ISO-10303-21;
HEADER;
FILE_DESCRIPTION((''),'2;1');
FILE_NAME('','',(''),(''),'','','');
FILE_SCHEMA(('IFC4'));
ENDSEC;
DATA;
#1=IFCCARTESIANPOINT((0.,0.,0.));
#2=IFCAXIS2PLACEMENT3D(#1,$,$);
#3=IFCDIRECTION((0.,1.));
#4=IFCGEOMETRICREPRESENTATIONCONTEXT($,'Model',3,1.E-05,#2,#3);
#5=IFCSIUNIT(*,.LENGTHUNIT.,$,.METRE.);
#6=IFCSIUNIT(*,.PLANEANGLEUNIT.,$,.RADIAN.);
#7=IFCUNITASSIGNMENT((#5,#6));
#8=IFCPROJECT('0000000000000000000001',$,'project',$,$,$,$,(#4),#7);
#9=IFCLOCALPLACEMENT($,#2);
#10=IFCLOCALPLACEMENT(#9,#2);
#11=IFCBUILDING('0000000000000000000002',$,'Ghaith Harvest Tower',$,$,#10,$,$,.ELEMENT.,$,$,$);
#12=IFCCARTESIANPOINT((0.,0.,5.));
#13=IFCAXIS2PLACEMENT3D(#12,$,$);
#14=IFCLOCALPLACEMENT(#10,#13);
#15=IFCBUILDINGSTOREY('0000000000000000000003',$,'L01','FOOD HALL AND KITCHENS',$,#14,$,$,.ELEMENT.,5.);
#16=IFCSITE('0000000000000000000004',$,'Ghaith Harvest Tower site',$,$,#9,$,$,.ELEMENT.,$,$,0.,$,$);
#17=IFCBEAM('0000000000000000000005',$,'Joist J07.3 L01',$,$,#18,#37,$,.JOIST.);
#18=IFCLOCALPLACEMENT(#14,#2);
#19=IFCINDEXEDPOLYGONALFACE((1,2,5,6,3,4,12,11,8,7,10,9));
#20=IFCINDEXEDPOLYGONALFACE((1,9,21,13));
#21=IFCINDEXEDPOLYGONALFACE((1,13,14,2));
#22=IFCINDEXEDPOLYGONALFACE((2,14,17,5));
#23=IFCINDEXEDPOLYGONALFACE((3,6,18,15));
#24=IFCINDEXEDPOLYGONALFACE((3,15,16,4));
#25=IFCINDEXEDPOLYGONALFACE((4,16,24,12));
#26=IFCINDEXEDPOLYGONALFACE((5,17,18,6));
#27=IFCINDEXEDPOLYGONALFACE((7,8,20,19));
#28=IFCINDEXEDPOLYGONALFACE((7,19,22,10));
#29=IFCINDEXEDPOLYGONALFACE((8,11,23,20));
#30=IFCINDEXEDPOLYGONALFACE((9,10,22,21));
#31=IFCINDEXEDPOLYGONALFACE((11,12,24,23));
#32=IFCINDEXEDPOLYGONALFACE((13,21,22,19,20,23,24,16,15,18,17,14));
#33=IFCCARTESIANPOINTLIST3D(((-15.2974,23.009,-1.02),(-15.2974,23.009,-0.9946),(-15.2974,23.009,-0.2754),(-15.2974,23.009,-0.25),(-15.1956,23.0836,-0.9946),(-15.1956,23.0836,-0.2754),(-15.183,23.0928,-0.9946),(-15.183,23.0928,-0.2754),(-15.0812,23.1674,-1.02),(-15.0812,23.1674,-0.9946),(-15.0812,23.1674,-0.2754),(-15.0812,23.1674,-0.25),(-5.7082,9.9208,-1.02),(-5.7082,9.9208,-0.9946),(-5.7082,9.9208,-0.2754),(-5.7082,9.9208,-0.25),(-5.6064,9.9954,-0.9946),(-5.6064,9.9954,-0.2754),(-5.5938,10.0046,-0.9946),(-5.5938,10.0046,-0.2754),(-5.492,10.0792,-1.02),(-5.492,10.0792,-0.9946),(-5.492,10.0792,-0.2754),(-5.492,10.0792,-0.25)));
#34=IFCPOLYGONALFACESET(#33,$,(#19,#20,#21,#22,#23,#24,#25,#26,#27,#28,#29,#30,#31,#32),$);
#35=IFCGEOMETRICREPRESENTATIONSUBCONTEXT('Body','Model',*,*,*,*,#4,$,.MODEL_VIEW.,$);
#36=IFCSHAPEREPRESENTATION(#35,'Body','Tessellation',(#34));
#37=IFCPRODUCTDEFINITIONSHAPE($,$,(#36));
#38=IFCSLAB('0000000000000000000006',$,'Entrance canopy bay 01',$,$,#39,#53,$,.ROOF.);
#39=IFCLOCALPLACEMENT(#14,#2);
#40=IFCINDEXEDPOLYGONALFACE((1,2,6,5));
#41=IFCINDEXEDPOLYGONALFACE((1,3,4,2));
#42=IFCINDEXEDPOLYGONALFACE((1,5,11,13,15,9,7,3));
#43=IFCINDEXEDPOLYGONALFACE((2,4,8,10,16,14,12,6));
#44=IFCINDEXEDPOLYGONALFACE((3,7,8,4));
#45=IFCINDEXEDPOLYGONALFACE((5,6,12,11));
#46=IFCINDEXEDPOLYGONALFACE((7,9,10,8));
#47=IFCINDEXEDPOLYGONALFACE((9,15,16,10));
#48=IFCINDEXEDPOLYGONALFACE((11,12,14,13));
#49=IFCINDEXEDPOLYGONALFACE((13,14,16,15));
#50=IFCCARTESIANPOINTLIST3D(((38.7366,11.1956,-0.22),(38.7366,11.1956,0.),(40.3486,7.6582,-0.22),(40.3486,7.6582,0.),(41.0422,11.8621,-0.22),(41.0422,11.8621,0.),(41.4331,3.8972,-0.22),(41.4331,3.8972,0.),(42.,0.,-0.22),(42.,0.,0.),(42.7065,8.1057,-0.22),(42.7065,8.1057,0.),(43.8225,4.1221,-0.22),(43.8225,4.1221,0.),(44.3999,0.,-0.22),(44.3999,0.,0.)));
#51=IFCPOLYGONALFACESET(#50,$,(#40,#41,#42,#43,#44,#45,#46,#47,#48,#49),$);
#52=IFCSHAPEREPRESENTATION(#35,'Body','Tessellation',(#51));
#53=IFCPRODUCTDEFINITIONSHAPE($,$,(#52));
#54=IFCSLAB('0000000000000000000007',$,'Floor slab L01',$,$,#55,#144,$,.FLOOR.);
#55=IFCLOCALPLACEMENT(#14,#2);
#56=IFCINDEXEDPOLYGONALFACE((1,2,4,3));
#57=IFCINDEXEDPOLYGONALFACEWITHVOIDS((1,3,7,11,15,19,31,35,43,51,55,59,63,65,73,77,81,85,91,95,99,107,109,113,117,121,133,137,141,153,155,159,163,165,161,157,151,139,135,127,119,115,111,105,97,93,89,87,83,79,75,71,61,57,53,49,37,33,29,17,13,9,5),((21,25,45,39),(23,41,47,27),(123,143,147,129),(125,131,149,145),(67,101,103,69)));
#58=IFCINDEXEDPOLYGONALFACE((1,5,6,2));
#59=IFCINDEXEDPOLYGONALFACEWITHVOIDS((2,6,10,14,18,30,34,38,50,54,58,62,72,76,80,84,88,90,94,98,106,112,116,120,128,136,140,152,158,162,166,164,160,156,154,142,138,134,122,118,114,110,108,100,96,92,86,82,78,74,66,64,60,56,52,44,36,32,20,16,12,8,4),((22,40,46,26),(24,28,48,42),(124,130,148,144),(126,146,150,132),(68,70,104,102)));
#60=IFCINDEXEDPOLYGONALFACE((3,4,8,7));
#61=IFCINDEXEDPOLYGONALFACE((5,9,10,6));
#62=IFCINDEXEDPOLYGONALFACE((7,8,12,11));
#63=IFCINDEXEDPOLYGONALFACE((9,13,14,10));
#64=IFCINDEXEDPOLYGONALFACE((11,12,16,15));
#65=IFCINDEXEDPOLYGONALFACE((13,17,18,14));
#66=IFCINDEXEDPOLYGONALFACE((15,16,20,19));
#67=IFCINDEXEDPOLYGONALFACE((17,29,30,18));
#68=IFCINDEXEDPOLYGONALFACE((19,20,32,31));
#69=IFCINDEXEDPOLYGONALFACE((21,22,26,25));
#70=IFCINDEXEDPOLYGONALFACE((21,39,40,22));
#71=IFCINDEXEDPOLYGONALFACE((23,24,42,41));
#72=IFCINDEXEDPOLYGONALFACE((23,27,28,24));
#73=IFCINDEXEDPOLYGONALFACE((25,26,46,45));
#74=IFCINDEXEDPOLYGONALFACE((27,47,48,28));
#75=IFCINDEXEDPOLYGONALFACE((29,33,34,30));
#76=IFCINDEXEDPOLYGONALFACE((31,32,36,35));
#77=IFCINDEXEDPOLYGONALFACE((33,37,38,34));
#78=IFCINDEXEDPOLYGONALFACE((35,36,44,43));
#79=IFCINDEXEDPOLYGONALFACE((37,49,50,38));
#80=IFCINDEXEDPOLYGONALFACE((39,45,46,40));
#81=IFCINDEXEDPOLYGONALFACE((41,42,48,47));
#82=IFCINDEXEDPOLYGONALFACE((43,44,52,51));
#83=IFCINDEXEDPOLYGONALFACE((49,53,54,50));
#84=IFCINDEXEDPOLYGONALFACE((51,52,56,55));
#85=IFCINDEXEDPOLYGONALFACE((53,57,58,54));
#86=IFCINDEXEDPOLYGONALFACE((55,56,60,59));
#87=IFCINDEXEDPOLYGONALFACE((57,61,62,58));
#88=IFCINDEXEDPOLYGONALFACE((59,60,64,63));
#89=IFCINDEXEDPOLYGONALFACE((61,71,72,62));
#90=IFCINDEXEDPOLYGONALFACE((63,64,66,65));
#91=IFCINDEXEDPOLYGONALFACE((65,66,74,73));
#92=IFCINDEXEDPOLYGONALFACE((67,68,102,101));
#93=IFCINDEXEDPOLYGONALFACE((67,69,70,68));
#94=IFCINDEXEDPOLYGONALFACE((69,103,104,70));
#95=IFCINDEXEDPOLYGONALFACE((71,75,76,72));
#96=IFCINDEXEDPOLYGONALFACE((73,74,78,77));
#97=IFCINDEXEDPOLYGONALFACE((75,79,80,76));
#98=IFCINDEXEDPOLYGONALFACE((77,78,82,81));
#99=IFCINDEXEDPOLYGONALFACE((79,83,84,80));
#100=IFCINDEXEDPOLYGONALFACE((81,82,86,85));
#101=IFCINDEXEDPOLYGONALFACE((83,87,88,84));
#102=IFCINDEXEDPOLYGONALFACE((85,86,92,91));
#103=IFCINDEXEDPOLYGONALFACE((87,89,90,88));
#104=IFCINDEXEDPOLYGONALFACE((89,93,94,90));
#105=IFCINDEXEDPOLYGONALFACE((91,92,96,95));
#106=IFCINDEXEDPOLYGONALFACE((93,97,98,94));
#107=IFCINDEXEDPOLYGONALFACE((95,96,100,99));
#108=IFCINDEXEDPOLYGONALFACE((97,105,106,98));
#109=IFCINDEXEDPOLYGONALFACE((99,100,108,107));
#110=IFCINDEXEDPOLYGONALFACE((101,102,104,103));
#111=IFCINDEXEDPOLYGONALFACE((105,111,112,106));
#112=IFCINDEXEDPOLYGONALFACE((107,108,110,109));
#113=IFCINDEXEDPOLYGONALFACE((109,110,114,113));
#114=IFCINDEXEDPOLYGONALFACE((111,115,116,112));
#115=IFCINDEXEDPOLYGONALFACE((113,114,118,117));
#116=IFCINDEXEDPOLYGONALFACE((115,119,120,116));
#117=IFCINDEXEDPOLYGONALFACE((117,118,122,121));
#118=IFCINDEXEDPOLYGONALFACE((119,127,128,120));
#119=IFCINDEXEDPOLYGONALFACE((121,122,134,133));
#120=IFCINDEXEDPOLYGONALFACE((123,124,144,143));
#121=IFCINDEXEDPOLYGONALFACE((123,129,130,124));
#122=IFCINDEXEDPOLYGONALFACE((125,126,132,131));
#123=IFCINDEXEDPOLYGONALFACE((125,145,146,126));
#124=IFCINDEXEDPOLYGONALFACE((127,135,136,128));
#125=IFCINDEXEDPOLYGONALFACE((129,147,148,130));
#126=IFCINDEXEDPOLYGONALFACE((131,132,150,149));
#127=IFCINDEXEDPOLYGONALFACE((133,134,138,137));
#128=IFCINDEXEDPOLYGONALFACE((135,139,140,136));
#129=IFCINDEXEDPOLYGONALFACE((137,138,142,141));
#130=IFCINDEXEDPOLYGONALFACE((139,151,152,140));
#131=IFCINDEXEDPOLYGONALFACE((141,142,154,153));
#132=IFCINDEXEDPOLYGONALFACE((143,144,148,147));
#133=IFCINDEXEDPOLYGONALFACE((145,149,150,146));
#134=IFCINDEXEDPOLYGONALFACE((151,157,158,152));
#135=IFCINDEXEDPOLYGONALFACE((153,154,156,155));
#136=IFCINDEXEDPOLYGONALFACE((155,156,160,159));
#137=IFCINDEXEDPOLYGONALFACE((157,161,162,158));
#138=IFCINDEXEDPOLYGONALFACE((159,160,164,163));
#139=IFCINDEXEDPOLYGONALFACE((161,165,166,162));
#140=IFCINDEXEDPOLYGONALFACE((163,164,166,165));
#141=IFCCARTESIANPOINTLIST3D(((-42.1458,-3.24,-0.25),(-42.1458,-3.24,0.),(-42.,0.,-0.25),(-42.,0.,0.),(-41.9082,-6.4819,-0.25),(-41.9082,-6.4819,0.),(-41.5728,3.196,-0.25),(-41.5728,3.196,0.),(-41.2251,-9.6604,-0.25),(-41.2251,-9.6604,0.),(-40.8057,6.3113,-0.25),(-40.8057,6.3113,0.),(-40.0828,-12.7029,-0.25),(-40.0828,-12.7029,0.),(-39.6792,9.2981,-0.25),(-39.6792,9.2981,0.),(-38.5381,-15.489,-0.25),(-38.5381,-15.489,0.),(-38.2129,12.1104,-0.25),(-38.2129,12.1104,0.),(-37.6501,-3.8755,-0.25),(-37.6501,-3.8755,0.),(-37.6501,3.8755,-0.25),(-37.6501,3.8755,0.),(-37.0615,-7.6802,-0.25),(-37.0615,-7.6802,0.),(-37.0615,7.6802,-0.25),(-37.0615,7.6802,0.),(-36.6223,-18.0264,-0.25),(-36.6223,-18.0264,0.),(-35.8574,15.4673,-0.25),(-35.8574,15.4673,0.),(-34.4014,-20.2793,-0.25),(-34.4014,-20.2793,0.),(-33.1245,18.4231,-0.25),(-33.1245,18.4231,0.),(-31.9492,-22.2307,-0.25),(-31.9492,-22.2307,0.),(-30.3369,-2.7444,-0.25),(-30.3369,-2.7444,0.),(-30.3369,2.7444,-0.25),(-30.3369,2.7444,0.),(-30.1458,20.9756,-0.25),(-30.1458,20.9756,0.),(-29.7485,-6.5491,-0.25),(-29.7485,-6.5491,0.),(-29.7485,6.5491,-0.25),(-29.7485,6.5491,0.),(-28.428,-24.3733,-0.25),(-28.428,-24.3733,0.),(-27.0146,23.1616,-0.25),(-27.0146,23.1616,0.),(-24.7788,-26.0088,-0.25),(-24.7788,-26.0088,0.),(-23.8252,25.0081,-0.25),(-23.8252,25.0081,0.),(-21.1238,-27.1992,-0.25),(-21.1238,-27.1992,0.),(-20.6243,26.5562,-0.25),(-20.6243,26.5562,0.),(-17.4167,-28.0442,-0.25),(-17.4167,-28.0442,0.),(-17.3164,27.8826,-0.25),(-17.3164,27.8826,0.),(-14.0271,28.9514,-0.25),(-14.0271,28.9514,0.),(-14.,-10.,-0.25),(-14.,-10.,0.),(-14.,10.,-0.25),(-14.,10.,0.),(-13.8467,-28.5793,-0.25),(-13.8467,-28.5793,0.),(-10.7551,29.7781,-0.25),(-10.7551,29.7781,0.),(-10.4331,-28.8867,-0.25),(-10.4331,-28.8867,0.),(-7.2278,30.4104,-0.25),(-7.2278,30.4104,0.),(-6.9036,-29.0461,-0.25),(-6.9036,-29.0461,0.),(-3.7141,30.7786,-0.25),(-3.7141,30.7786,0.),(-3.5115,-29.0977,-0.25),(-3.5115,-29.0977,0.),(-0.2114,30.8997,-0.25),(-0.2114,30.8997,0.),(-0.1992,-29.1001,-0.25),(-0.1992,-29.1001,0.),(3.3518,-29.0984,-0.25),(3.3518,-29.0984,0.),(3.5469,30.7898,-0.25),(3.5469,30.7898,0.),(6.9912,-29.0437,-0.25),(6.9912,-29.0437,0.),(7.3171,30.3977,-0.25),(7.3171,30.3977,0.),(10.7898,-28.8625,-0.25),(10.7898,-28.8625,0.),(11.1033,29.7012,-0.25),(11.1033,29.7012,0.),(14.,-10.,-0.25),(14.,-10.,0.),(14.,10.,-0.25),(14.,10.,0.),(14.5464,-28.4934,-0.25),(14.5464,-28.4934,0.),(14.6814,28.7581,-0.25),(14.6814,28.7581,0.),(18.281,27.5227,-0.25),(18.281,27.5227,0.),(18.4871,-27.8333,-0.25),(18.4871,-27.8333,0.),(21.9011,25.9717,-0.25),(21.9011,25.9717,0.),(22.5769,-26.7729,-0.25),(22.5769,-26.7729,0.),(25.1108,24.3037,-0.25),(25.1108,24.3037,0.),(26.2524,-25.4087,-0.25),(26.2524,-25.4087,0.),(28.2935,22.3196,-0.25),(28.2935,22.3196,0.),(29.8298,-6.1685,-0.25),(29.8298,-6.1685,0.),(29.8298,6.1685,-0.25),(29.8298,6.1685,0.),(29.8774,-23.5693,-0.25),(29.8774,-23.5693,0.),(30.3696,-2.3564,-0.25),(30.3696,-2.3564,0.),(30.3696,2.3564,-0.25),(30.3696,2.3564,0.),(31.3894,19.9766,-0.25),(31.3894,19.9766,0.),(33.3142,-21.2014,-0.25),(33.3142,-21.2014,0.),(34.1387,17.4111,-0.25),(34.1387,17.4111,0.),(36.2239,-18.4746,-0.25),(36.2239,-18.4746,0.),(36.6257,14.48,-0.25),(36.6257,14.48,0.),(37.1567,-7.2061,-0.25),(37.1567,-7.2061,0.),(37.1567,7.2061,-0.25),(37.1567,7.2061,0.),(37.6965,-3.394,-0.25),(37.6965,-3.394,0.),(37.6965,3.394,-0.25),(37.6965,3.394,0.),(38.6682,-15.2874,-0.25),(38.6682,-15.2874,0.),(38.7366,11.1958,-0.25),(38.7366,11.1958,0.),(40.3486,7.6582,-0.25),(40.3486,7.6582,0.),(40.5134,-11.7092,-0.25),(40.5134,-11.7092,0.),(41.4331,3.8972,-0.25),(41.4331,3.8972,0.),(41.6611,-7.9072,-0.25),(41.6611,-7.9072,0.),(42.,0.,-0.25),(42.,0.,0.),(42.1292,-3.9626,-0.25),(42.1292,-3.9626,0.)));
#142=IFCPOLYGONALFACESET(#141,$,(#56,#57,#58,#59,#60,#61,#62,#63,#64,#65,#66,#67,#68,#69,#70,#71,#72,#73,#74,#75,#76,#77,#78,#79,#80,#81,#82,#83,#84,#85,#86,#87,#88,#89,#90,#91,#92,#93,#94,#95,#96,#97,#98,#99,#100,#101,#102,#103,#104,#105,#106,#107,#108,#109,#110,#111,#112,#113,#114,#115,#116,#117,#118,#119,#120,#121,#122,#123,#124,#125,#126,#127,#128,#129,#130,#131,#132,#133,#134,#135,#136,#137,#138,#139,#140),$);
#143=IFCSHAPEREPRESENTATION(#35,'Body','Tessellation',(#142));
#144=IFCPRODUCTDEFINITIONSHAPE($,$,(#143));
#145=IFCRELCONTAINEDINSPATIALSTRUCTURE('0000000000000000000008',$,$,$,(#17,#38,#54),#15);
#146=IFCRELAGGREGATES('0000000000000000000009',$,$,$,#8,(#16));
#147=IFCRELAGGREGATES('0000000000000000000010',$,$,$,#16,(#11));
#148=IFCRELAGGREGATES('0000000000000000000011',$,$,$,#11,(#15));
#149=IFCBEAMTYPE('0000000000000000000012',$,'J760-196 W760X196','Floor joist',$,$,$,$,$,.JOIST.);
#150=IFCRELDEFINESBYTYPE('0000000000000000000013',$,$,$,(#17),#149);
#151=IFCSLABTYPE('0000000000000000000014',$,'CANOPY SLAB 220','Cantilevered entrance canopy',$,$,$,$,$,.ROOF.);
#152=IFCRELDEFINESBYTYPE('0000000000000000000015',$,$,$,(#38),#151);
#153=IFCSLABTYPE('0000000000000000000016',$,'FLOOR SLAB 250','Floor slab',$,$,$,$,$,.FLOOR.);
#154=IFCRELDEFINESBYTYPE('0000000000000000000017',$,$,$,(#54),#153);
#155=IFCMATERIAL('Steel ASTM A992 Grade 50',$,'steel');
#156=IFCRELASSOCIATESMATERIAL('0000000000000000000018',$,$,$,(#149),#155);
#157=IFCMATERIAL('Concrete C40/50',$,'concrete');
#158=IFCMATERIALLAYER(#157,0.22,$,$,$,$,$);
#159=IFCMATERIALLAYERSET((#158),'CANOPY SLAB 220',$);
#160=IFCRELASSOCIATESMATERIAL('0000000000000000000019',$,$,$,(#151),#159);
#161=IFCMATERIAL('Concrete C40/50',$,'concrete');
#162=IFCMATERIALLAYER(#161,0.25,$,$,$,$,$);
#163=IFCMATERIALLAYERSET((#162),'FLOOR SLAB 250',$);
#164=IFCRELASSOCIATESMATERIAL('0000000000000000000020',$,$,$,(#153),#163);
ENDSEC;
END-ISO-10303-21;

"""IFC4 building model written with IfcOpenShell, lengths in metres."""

from ifc_helpers import new_model, si_unit, direction, frame, origin, origin_2d, place, context, subcontext, project, spatial, polyline, i_section, outline, extrude, material, layer, layer_set, material_profile, profile_set, type_object, element, save


model = new_model("IFC4")

# Units and contexts
model_context = context("Model", 3, precision=1e-05, world=origin(), true_north=direction((0.0, 1.0)))
body_context = subcontext(model_context, "Body", "Model", "MODEL_VIEW")
ifc_project = project(units=[si_unit("LENGTHUNIT", "METRE"), si_unit("PLANEANGLEUNIT", "RADIAN")], contexts=[model_context])

# Site, building, storey
site_placement = place(None, origin())
site = spatial("IfcSite", under=ifc_project, at=site_placement, Name="Ghaith Harvest Tower site", CompositionType="ELEMENT", RefElevation=0.0)
building_placement = place(site_placement, origin())
building = spatial("IfcBuilding", under=site, at=building_placement, Name="Ghaith Harvest Tower", CompositionType="ELEMENT")
storey_placement = place(building_placement, frame((0.0, 0.0, 5.0)))
storey = spatial("IfcBuildingStorey", under=building, at=storey_placement, Name="L01", Description="FOOD HALL AND KITCHENS", CompositionType="ELEMENT", Elevation=5.0)

# Beam
ifc_material_1 = material(Name="Steel ASTM A992 Grade 50", Category="steel")
ifc_material_profile_1 = material_profile(ifc_material_1, i_section(OverallWidth=0.2681, OverallDepth=0.77, WebThickness=0.0156, FlangeThickness=0.0254, at=origin_2d()), Name="W760X196")
ifc_profile_set_1 = profile_set([ifc_material_profile_1], Name="Steel ASTM A992 Grade 50")
beam_type_1 = type_object("IfcBeamType", Name="J760-196 W760X196", Description="Floor joist", PredefinedType="JOIST", material=ifc_profile_set_1)
beam_1_placement = place(storey_placement, frame((-5.6001, 10.0, -0.635), z_axis=(-0.591009, 0.806665, 0.0), x_axis=(-0.806665, -0.591009, 0.0)))
element("IfcBeam", 1, at=beam_1_placement, inside=storey, type_object=beam_type_1, Name="Joist J07.3 L01", PredefinedType="JOIST", context=body_context, shape_type="SweptSolid", body=[
    extrude(i_section(OverallWidth=0.2681, OverallDepth=0.77, WebThickness=0.0156, FlangeThickness=0.0254, at=origin_2d()), origin(), (0.0, 0.0, 1.0), 16.2251),
])

# Slabs
ifc_material_2 = material(Name="Concrete C40/50", Category="concrete")
ifc_layer_1 = layer(ifc_material_2, 0.22)
ifc_layer_set_1 = layer_set([ifc_layer_1], Name="CANOPY SLAB 220")
slab_type_1 = type_object("IfcSlabType", Name="CANOPY SLAB 220", Description="Cantilevered entrance canopy", PredefinedType="ROOF", material=ifc_layer_set_1)
slab_1_placement = place(storey_placement, frame((0.0, 0.0, -0.22)))
element("IfcSlab", 2, at=slab_1_placement, inside=storey, type_object=slab_type_1, Name="Entrance canopy bay 01", PredefinedType="ROOF", context=body_context, shape_type="SweptSolid", body=[
    extrude(outline(polyline([(42.0, 0.0), (41.4331, 3.8972), (40.3486, 7.6582), (38.7366, 11.1956), (41.0422, 11.8621), (42.7065, 8.1057), (43.8225, 4.1221), (44.3999, 0.0), (42.0, 0.0)])), origin(), (0.0, 0.0, 1.0), 0.22),
])
ifc_material_3 = material(Name="Concrete C40/50", Category="concrete")
ifc_layer_2 = layer(ifc_material_3, 0.25)
ifc_layer_set_2 = layer_set([ifc_layer_2], Name="FLOOR SLAB 250")
slab_type_2 = type_object("IfcSlabType", Name="FLOOR SLAB 250", Description="Floor slab", PredefinedType="FLOOR", material=ifc_layer_set_2)
slab_2_placement = place(storey_placement, frame((0.0, 0.0, -0.25)))
element("IfcSlab", 3, at=slab_2_placement, inside=storey, type_object=slab_type_2, Name="Floor slab L01", PredefinedType="FLOOR", context=body_context, shape_type="SweptSolid", body=[
    extrude(outline(polyline([(42.0, 0.0), (41.4331, 3.8972), (40.3486, 7.6582), (38.7366, 11.1958), (36.6257, 14.48), (34.1387, 17.4111), (31.3894, 19.9766), (28.2935, 22.3196), (25.1108, 24.3037), (21.9011, 25.9717), (18.281, 27.5227), (14.6814, 28.7581), (11.1033, 29.7012), (7.3171, 30.3977), (3.5469, 30.7898), (-0.2114, 30.8997), (-3.7141, 30.7786), (-7.2278, 30.4104), (-10.7551, 29.7781), (-14.0271, 28.9514), (-17.3164, 27.8826), (-20.6243, 26.5562), (-23.8252, 25.0081), (-27.0146, 23.1616), (-30.1458, 20.9756), (-33.1245, 18.4231), (-35.8574, 15.4673), (-38.2129, 12.1104), (-39.6792, 9.2981), (-40.8057, 6.3113), (-41.5728, 3.196), (-42.0, 0.0), (-42.1458, -3.24), (-41.9082, -6.4819), (-41.2251, -9.6604), (-40.0828, -12.7029), (-38.5381, -15.489), (-36.6223, -18.0264), (-34.4014, -20.2793), (-31.9492, -22.2307), (-28.428, -24.3733), (-24.7788, -26.0088), (-21.1238, -27.1992), (-17.4167, -28.0442), (-13.8467, -28.5793), (-10.4331, -28.8867), (-6.9036, -29.0461), (-3.5115, -29.0977), (-0.1992, -29.1001), (3.3518, -29.0984), (6.9912, -29.0437), (10.7898, -28.8625), (14.5464, -28.4934), (18.4871, -27.8333), (22.5769, -26.7729), (26.2524, -25.4087), (29.8774, -23.5693), (33.3142, -21.2014), (36.2239, -18.4746), (38.6682, -15.2874), (40.5134, -11.7092), (41.6611, -7.9072), (42.1292, -3.9626), (42.0, 0.0)]), holes=[polyline([(-14.0, -10.0), (14.0, -10.0), (14.0, 10.0), (-14.0, 10.0), (-14.0, -10.0)]), polyline([(30.3696, 2.3564), (37.6965, 3.394), (37.1567, 7.2061), (29.8298, 6.1685), (30.3696, 2.3564)]), polyline([(-29.7485, 6.5491), (-37.0615, 7.6802), (-37.6501, 3.8755), (-30.3369, 2.7444), (-29.7485, 6.5491)]), polyline([(-30.3369, -2.7444), (-37.6501, -3.8755), (-37.0615, -7.6802), (-29.7485, -6.5491), (-30.3369, -2.7444)]), polyline([(29.8298, -6.1685), (37.1567, -7.2061), (37.6965, -3.394), (30.3696, -2.3564), (29.8298, -6.1685)])]), origin(), (0.0, 0.0, 1.0), 0.25),
])

save(model, "model.ifc")
